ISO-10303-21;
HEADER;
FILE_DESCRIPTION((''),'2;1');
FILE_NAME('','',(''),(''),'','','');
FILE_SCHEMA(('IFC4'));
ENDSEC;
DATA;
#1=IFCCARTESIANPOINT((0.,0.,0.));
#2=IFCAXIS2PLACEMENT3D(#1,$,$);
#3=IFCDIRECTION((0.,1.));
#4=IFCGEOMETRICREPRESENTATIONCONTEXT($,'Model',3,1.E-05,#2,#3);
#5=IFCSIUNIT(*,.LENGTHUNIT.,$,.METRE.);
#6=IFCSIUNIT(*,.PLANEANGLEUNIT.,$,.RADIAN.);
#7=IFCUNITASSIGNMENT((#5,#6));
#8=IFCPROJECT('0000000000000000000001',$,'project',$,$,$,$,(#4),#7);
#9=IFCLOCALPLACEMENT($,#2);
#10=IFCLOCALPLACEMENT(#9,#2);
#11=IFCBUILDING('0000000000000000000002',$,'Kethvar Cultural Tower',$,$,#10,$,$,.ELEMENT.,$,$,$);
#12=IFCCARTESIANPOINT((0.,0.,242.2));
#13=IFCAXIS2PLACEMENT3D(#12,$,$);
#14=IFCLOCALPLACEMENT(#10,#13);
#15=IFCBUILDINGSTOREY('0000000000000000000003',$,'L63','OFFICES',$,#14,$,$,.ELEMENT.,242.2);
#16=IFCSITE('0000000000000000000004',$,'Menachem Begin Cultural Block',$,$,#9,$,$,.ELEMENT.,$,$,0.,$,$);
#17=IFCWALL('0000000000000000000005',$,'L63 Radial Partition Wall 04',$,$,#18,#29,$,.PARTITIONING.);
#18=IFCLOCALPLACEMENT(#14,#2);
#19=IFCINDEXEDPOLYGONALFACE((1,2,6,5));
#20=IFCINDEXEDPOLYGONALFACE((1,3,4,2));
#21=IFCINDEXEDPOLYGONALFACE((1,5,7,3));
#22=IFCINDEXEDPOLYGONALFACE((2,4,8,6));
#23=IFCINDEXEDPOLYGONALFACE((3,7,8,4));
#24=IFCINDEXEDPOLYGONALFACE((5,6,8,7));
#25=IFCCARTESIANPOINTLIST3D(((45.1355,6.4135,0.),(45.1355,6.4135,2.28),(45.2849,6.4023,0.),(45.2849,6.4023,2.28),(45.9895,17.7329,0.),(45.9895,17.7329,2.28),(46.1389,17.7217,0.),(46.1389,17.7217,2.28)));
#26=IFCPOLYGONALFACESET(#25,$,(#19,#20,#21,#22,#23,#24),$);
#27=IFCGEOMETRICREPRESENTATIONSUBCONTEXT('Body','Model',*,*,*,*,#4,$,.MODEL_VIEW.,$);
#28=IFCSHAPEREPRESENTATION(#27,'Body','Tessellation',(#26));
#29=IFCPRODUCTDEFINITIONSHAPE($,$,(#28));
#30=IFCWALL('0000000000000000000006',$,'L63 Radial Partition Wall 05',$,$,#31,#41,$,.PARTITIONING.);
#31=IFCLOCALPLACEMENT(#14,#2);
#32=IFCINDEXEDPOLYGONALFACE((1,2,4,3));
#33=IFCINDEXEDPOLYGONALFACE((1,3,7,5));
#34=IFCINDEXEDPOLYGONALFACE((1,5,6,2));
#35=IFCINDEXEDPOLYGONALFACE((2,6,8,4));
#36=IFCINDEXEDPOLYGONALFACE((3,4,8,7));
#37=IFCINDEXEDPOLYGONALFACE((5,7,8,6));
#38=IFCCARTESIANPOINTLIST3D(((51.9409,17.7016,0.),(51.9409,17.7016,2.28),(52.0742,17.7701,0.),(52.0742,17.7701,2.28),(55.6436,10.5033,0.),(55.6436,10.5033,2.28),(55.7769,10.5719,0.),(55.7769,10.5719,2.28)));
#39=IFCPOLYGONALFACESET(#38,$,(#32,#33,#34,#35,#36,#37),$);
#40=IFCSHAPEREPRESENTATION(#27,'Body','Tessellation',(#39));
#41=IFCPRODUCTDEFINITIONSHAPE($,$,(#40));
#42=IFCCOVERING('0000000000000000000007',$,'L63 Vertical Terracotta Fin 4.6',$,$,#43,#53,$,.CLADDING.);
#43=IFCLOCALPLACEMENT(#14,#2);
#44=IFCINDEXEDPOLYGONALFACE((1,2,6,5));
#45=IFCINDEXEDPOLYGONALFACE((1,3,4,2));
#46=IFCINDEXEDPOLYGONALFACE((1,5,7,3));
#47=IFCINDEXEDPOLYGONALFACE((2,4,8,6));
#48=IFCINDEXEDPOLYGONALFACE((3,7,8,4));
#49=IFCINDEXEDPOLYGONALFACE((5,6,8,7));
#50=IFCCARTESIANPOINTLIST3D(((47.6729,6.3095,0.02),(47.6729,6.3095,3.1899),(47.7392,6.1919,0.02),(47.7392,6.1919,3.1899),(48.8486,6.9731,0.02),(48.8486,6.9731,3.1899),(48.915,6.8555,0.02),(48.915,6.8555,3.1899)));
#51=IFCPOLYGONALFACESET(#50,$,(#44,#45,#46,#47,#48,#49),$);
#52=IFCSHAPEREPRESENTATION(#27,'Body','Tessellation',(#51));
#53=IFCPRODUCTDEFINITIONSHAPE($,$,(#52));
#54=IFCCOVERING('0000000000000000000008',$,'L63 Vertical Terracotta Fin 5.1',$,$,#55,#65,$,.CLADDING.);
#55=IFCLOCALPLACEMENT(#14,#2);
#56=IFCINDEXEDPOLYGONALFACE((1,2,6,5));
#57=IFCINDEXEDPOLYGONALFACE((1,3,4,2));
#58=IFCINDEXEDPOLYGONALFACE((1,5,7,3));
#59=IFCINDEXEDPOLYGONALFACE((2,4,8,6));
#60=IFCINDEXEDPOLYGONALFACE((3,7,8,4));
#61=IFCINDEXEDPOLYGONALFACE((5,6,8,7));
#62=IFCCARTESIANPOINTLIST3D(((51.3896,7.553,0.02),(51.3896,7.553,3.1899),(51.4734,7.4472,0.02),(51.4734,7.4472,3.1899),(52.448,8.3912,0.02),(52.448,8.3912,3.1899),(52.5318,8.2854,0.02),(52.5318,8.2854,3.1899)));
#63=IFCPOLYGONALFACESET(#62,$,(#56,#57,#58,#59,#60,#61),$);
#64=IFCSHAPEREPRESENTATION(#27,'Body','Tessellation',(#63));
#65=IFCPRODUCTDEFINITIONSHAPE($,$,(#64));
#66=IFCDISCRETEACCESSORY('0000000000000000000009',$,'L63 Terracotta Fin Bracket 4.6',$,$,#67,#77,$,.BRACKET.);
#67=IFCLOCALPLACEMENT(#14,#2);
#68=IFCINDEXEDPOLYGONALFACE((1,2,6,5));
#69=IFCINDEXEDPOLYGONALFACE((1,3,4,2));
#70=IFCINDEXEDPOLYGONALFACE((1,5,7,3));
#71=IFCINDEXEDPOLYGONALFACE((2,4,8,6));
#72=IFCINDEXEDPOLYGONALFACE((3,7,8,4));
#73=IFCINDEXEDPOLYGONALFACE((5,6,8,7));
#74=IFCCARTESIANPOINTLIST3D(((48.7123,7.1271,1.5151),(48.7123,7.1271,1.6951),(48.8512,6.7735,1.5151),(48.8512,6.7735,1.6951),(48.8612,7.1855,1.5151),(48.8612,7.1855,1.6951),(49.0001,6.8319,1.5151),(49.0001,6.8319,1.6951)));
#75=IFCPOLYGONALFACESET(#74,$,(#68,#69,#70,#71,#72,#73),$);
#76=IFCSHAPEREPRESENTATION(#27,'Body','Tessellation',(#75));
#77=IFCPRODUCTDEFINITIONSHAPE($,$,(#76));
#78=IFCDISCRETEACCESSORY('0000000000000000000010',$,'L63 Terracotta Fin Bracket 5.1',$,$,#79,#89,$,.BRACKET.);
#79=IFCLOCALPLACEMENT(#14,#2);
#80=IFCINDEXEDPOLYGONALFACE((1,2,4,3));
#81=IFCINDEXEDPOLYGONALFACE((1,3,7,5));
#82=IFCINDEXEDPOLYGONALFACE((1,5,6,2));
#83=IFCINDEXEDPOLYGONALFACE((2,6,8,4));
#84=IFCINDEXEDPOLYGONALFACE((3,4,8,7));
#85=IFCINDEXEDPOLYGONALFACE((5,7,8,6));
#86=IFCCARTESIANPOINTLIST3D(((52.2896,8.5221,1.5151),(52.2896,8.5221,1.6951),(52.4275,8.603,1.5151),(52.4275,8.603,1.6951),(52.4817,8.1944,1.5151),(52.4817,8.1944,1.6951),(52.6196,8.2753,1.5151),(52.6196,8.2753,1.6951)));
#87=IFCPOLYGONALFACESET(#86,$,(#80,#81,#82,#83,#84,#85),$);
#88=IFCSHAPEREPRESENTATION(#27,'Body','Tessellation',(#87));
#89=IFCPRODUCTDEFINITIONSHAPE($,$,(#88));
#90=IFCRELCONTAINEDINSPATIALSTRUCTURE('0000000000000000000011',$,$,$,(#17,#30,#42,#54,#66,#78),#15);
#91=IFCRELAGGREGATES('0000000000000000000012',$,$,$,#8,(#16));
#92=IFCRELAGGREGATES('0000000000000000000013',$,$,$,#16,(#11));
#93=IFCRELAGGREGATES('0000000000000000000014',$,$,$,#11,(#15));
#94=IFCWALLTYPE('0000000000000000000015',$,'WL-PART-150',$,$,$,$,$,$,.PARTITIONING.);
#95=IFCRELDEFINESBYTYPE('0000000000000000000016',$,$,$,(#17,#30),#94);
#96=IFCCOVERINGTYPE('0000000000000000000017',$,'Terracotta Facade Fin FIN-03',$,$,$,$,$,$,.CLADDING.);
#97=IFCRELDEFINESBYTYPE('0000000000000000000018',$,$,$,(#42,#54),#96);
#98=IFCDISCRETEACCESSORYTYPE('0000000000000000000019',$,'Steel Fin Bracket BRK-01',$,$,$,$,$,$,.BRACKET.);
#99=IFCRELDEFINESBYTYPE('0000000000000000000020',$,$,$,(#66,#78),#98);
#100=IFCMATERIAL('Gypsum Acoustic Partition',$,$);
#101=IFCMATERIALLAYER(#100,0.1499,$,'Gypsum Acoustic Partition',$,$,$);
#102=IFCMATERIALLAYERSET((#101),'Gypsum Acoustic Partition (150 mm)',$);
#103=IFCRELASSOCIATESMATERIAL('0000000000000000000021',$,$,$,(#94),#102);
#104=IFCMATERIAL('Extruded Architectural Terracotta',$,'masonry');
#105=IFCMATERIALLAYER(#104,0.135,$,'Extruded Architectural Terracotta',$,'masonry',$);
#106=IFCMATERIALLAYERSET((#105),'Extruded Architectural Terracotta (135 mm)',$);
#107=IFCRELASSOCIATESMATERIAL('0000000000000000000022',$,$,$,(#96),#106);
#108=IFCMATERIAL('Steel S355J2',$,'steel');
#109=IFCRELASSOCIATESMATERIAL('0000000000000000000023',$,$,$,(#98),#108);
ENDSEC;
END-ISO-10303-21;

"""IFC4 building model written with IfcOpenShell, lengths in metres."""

from ifc_helpers import new_model, si_unit, direction, frame, frame_2d, origin, origin_2d, place, context, subcontext, project, spatial, rectangle, extrude, source, transform, mapped, material, layer, layer_set, type_object, element, save


model = new_model("IFC4")

# Units and contexts
model_context = context("Model", 3, precision=1e-05, world=origin(), true_north=direction((0.0, 1.0)))
body_context = subcontext(model_context, "Body", "Model", "MODEL_VIEW")
ifc_project = project(units=[si_unit("LENGTHUNIT", "METRE"), si_unit("PLANEANGLEUNIT", "RADIAN")], contexts=[model_context])

# Site, building, storey
site_placement = place(None, origin())
site = spatial("IfcSite", under=ifc_project, at=site_placement, Name="Menachem Begin Cultural Block", CompositionType="ELEMENT", RefElevation=0.0)
building_placement = place(site_placement, origin())
building = spatial("IfcBuilding", under=site, at=building_placement, Name="Kethvar Cultural Tower", CompositionType="ELEMENT")
storey_placement = place(building_placement, frame((0.0, 0.0, 242.2)))
storey = spatial("IfcBuildingStorey", under=building, at=storey_placement, Name="L63", Description="OFFICES", CompositionType="ELEMENT", Elevation=242.2)

# Shared definitions
ifc_material_1 = material(Name="Steel S355J2", Category="steel")

# Walls
ifc_material_2 = material(Name="Gypsum Acoustic Partition")
ifc_layer_1 = layer(ifc_material_2, 0.1499, Name="Gypsum Acoustic Partition")
ifc_layer_set_1 = layer_set([ifc_layer_1], Name="Gypsum Acoustic Partition (150 mm)")
wall_type = type_object("IfcWallType", Name="WL-PART-150", PredefinedType="PARTITIONING", material=ifc_layer_set_1)
wall_1_placement = place(storey_placement, frame((46.0642, 17.7273, 0.0), z_axis=(0.0, 0.0, 1.0), x_axis=(-0.075233, -0.997166, 0.0)))
element("IfcWall", 1, at=wall_1_placement, inside=storey, type_object=wall_type, Name="L63 Radial Partition Wall 04", PredefinedType="PARTITIONING", context=body_context, shape_type="SweptSolid", body=[
    extrude(rectangle(XDim=11.3516, YDim=0.1499, at=frame_2d((5.6758, 0.0))), origin(), (0.0, 0.0, 1.0), 2.28),
])
wall_2_placement = place(storey_placement, frame((52.0076, 17.7358, 0.0), z_axis=(0.0, 0.0, 1.0), x_axis=(0.457415, -0.889253, 0.0)))
element("IfcWall", 2, at=wall_2_placement, inside=storey, type_object=wall_type, Name="L63 Radial Partition Wall 05", PredefinedType="PARTITIONING", context=body_context, shape_type="SweptSolid", body=[
    extrude(rectangle(XDim=8.0947, YDim=0.1499, at=frame_2d((4.0474, 0.0))), origin(), (0.0, 0.0, 1.0), 2.28),
])

# Coverings
ifc_material_3 = material(Name="Extruded Architectural Terracotta", Category="masonry")
ifc_layer_2 = layer(ifc_material_3, 0.135, Name="Extruded Architectural Terracotta", Category="masonry")
ifc_layer_set_2 = layer_set([ifc_layer_2], Name="Extruded Architectural Terracotta (135 mm)")
covering_type = type_object("IfcCoveringType", Name="Terracotta Facade Fin FIN-03", PredefinedType="CLADDING", material=ifc_layer_set_2)
shared_shape_1 = source(origin(), body_context, "Body", "SweptSolid", [
    extrude(rectangle(XDim=1.3501, YDim=0.135, at=origin_2d()), origin(), (0.0, 0.0, 1.0), 3.1699),
])
for number, where, z_axis, x_axis, name in (
    (3, (48.2939, 6.5825, 0.02), (0.0, 0.0, 1.0), (-0.870871, -0.491512, 0.0), "L63 Vertical Terracotta Fin 4.6"),
    (4, (51.9607, 7.9192, 0.02), (0.0, 0.0, 1.0), (-0.78391, -0.620874, 0.0), "L63 Vertical Terracotta Fin 5.1"),
):
    element("IfcCovering", number, at=place(storey_placement, frame(where, z_axis=z_axis, x_axis=x_axis)), inside=storey, type_object=covering_type, Name=name, PredefinedType="CLADDING", context=body_context, shape_type="MappedRepresentation", body=[
        mapped(shared_shape_1, transform((0.0, 0.0, 0.0), scale=1.0)),
    ])

# Discrete accessories
discrete_accessory_type = type_object("IfcDiscreteAccessoryType", Name="Steel Fin Bracket BRK-01", PredefinedType="BRACKET", material=ifc_material_1)
shared_shape_2 = source(origin(), body_context, "Body", "SweptSolid", [
    extrude(rectangle(XDim=0.3799, YDim=0.1599, at=origin_2d()), origin(), (0.0, 0.0, 1.0), 0.1799),
])
for number, where, z_axis, x_axis, name in (
    (5, (48.8562, 6.9795, 1.5151), (0.0, 0.0, 1.0), (0.365527, -0.930801, 0.0), "L63 Terracotta Fin Bracket 4.6"),
    (6, (52.4546, 8.3987, 1.5151), (0.0, 0.0, 1.0), (0.505733, -0.86269, 0.0), "L63 Terracotta Fin Bracket 5.1"),
):
    element("IfcDiscreteAccessory", number, at=place(storey_placement, frame(where, z_axis=z_axis, x_axis=x_axis)), inside=storey, type_object=discrete_accessory_type, Name=name, PredefinedType="BRACKET", context=body_context, shape_type="MappedRepresentation", body=[
        mapped(shared_shape_2, transform((0.0, 0.0, 0.0), scale=1.0)),
    ])

save(model, "model.ifc")
